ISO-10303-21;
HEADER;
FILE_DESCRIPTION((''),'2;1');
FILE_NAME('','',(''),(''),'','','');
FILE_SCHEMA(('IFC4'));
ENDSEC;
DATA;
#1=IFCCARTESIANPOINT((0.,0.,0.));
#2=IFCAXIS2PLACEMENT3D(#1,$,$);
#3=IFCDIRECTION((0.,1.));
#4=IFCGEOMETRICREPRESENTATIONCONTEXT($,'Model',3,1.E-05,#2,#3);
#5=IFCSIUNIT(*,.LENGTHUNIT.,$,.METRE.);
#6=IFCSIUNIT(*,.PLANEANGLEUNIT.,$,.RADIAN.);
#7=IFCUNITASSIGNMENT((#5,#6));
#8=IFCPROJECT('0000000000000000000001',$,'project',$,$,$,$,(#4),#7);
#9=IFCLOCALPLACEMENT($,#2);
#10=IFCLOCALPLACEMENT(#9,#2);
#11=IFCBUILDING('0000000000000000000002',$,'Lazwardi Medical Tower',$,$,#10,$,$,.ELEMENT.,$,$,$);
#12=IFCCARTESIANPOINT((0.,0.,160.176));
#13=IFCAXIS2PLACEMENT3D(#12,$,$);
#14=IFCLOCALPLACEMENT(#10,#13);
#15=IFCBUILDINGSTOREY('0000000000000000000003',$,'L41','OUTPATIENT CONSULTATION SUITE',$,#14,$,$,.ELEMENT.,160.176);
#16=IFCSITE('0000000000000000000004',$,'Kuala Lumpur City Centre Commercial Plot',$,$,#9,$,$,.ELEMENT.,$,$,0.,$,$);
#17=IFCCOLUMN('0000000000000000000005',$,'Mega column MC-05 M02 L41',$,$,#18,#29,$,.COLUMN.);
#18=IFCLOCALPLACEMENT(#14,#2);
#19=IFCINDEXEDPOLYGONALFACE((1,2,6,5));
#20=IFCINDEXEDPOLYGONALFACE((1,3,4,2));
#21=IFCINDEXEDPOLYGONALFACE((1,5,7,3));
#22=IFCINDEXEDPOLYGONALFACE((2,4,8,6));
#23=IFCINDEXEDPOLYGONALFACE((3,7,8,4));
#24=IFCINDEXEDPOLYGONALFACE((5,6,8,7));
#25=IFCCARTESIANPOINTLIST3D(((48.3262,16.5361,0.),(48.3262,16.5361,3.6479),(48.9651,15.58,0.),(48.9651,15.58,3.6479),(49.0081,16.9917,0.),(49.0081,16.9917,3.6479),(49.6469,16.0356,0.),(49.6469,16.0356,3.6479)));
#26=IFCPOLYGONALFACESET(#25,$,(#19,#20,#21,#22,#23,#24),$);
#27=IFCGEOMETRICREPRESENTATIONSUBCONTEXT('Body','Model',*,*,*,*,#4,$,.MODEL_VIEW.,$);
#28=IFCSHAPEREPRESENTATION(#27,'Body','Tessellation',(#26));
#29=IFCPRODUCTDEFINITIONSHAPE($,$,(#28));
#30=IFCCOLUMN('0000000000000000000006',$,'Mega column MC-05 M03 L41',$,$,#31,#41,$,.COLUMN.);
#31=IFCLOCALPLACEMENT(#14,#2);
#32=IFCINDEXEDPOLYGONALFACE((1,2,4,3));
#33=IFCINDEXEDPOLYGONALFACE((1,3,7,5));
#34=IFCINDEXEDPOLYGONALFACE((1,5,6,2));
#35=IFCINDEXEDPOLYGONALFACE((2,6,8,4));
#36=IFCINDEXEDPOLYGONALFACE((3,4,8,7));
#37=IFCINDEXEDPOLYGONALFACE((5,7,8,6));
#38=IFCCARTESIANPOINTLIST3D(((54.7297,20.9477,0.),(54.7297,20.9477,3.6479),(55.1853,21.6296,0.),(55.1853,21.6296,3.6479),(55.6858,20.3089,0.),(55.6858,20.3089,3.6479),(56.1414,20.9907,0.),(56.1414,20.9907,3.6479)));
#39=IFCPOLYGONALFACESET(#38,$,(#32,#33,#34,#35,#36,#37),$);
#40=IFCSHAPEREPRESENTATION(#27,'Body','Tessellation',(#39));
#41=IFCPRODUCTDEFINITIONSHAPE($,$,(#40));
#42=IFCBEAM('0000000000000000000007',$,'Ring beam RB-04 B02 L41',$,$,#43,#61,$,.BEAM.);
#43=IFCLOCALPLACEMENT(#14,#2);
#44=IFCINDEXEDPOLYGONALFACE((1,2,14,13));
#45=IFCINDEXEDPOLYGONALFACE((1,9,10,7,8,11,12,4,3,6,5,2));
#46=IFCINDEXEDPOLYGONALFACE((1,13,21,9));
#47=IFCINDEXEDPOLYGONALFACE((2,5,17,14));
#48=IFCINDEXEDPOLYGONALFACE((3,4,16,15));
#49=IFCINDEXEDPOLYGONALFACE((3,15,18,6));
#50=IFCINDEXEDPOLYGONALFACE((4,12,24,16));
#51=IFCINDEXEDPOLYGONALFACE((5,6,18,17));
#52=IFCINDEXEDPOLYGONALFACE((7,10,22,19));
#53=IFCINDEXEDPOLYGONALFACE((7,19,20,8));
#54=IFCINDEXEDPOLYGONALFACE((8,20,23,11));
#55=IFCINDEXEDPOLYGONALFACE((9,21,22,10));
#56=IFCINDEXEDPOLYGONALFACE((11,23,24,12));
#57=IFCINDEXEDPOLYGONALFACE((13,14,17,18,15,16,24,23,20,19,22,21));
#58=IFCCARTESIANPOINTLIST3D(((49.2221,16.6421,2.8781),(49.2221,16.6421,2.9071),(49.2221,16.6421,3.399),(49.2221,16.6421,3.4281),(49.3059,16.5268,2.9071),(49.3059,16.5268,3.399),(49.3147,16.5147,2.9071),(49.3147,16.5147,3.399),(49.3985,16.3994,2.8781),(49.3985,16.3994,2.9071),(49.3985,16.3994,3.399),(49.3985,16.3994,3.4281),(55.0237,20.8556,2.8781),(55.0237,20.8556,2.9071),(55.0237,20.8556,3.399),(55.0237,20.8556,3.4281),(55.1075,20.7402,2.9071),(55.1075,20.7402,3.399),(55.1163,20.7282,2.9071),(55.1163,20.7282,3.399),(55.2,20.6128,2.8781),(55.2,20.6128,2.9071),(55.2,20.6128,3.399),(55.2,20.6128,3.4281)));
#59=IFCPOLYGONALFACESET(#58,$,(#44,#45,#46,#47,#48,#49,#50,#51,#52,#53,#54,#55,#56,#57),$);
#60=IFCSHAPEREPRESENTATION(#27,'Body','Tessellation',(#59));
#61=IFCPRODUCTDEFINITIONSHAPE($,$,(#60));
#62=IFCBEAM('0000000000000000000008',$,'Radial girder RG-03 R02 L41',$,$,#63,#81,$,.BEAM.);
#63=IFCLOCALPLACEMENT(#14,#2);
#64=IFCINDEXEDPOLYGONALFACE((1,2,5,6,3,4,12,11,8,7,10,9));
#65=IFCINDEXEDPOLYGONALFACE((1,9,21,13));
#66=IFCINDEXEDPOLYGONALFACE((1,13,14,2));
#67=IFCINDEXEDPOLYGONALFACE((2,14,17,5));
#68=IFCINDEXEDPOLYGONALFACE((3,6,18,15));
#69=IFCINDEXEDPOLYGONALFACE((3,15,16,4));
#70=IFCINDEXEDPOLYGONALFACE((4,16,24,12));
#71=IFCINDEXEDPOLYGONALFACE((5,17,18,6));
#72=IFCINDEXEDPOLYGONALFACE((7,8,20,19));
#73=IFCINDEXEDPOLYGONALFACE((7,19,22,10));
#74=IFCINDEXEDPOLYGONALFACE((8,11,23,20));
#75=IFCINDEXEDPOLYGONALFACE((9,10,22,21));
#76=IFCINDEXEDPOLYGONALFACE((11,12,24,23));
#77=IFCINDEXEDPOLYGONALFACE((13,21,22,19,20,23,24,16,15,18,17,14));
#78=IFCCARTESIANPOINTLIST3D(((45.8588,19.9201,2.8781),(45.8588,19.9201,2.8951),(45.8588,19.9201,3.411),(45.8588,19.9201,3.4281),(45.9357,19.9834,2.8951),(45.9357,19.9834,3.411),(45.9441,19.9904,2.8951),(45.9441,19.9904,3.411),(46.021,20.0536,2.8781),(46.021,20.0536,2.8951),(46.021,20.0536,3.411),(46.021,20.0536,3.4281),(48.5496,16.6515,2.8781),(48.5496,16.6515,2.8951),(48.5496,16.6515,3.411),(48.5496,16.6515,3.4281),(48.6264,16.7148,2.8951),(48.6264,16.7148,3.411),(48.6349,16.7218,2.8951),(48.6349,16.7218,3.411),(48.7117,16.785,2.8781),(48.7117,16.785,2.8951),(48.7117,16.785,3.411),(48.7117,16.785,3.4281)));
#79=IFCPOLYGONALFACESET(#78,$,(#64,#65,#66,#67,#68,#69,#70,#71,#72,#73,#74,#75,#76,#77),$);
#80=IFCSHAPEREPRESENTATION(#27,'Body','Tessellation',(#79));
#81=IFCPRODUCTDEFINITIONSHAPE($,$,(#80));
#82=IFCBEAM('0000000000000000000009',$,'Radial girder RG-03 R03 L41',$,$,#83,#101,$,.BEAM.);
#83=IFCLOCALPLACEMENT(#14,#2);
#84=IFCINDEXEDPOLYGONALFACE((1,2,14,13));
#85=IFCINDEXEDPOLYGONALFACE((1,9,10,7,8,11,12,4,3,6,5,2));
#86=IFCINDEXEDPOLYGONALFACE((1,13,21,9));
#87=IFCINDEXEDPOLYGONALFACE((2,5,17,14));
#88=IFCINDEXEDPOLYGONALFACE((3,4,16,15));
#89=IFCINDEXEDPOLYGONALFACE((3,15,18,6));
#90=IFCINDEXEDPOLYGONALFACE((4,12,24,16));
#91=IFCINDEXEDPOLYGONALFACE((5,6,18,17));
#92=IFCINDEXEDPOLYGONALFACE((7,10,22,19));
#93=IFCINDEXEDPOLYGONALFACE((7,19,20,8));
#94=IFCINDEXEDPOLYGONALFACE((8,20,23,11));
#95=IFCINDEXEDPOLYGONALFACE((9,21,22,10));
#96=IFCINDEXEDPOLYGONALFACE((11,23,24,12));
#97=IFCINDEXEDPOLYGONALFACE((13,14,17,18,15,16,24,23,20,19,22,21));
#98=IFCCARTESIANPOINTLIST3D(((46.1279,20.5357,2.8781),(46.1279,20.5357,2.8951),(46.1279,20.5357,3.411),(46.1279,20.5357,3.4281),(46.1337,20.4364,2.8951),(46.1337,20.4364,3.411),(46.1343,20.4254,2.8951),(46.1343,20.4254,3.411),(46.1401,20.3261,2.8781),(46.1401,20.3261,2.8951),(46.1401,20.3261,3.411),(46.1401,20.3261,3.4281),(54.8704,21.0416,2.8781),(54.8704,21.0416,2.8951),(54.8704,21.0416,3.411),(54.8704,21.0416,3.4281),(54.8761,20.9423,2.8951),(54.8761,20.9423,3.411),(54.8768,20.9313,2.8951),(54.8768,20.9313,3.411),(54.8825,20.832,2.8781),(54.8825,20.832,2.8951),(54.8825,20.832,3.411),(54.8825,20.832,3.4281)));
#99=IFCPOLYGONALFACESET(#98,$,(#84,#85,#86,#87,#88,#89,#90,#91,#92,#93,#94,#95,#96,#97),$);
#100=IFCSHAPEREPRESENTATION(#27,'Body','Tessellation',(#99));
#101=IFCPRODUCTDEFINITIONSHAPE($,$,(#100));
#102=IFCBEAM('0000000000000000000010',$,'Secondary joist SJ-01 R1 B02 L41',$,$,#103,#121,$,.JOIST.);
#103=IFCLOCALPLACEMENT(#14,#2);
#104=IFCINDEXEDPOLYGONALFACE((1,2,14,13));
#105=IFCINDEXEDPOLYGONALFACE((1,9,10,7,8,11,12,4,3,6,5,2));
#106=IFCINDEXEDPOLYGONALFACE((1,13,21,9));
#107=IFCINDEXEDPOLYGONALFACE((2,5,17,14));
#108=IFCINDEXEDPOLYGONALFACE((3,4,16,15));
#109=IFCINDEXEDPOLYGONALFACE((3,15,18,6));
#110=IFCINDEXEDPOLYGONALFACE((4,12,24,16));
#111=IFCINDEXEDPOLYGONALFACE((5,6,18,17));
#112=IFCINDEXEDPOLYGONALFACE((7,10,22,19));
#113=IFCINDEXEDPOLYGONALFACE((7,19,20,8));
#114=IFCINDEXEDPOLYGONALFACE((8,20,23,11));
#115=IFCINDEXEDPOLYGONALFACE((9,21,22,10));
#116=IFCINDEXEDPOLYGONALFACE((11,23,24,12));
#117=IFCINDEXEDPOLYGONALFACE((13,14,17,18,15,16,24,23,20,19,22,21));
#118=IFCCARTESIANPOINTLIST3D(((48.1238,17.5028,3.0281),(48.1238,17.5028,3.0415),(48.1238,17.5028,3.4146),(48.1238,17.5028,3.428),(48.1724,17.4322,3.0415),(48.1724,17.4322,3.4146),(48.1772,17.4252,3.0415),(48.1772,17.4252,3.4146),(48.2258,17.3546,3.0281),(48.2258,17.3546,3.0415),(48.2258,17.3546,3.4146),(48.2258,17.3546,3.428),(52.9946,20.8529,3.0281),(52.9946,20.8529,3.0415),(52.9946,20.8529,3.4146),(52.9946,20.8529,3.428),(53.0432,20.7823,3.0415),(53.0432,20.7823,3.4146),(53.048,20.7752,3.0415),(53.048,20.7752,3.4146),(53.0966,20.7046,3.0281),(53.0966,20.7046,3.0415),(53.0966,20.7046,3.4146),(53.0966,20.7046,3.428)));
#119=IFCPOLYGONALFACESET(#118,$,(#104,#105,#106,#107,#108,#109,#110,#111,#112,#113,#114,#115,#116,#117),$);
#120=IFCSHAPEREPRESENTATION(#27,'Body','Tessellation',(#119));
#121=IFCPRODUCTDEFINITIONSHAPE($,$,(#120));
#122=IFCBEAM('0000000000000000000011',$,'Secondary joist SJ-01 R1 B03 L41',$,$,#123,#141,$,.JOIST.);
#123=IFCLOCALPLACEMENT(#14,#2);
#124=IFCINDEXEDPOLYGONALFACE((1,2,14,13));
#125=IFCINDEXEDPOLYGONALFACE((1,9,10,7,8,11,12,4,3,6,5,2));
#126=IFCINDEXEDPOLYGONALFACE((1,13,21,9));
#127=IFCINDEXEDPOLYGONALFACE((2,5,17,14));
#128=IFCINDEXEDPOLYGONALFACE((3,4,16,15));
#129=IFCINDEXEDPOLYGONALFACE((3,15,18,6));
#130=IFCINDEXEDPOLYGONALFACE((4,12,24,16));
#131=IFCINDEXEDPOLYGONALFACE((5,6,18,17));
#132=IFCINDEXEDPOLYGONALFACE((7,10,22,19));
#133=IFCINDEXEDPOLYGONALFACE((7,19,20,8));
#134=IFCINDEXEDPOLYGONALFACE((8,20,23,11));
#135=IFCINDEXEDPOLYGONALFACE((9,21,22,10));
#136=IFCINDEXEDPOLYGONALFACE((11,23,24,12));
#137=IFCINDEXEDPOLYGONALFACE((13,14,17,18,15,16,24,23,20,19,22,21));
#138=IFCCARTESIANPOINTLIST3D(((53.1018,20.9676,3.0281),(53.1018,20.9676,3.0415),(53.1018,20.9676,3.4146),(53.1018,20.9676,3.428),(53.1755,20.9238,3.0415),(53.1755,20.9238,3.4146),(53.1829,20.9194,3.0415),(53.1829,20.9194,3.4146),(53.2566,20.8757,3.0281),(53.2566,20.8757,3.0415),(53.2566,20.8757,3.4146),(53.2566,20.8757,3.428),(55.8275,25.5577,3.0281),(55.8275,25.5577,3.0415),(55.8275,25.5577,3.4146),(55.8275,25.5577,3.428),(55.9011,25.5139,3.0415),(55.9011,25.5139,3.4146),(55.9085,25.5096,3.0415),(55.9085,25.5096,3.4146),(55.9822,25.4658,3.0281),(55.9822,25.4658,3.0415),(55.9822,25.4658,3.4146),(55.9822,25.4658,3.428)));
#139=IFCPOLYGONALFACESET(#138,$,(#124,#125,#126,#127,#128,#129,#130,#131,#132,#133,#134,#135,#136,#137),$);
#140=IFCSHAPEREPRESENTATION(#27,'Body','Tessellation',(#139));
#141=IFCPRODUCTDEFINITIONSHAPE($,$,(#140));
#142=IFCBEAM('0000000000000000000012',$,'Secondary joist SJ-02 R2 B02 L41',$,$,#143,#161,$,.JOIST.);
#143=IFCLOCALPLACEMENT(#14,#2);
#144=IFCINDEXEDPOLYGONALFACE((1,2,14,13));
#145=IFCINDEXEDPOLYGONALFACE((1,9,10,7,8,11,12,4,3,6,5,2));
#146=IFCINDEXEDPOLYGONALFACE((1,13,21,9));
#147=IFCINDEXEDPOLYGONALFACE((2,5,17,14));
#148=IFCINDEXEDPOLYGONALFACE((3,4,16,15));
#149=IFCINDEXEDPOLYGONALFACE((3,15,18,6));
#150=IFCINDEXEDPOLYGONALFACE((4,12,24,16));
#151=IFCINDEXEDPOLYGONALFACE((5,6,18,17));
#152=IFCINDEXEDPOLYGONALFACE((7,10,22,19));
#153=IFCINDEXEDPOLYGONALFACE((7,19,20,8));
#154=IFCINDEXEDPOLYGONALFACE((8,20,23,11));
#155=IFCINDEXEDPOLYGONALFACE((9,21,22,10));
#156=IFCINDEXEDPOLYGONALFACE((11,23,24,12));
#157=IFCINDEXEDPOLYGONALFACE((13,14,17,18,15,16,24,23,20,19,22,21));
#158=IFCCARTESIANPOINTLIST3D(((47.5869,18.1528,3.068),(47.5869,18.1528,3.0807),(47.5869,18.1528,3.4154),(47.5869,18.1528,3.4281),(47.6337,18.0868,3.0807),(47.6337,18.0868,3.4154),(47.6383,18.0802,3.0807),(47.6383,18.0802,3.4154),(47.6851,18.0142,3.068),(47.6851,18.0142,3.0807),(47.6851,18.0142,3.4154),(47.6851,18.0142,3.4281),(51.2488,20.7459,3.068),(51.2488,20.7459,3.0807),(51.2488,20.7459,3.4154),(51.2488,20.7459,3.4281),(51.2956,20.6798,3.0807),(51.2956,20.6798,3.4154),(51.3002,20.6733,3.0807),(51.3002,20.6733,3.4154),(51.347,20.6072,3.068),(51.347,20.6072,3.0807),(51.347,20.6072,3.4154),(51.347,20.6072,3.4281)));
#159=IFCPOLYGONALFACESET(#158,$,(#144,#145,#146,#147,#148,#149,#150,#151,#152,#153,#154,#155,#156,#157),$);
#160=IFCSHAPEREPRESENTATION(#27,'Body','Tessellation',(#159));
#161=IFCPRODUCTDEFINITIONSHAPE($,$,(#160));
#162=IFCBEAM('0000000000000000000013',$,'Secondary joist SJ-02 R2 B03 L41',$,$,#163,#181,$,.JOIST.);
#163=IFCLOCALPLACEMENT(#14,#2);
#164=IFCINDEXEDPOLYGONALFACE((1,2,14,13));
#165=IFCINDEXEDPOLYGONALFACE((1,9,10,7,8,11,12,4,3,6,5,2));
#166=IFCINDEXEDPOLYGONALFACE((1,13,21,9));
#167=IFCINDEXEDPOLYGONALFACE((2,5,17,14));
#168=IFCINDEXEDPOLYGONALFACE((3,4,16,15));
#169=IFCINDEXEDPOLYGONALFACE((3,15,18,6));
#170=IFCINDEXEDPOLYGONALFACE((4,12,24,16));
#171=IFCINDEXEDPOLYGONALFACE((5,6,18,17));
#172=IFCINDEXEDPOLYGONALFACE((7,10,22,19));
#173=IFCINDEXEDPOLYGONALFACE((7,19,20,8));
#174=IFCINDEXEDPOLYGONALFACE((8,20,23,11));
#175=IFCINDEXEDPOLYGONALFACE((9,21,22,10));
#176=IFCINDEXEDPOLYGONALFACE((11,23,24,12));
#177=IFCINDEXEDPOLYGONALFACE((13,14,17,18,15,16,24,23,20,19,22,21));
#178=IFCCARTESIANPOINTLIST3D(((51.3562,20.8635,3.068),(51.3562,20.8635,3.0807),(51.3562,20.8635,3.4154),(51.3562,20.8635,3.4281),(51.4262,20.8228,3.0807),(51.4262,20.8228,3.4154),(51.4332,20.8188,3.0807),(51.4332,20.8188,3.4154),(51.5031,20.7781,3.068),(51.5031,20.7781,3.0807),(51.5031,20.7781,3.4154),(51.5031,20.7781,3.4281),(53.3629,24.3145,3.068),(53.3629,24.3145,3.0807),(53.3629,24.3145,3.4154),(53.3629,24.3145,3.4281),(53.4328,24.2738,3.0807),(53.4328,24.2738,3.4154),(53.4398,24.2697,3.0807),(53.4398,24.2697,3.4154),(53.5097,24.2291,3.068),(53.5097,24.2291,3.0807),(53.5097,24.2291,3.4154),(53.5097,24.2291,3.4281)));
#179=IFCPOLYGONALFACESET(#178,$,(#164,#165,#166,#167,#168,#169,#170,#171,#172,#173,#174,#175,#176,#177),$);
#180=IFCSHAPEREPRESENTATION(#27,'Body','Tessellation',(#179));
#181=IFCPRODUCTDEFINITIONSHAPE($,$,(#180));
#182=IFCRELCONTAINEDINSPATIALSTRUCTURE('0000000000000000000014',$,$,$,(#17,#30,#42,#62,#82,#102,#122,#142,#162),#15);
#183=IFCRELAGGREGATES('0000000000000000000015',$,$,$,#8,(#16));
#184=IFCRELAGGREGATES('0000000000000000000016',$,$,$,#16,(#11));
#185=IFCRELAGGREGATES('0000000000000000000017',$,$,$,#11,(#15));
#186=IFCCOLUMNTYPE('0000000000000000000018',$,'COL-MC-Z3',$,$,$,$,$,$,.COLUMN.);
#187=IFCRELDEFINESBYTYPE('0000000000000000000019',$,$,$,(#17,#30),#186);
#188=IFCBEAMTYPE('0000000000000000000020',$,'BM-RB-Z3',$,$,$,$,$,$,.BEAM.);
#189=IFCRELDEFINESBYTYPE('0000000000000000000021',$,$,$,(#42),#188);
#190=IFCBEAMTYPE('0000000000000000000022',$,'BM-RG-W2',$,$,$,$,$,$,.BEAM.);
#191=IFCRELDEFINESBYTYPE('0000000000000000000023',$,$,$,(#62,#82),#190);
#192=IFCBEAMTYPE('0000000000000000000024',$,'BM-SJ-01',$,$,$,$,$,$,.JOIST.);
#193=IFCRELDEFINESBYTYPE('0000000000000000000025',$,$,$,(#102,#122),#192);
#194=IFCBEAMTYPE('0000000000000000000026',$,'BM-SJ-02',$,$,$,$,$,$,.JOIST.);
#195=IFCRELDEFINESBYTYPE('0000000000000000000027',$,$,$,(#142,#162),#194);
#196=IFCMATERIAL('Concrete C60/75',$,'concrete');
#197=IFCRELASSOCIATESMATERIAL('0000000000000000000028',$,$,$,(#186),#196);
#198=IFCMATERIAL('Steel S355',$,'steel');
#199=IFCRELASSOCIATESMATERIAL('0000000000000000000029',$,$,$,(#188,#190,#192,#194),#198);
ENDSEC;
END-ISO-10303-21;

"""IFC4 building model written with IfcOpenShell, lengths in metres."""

from ifc_helpers import new_model, si_unit, direction, frame, origin, origin_2d, place, context, subcontext, project, spatial, rectangle, i_section, extrude, material, material_profile, profile_set, type_object, element, save


model = new_model("IFC4")

# Units and contexts
model_context = context("Model", 3, precision=1e-05, world=origin(), true_north=direction((0.0, 1.0)))
body_context = subcontext(model_context, "Body", "Model", "MODEL_VIEW")
ifc_project = project(units=[si_unit("LENGTHUNIT", "METRE"), si_unit("PLANEANGLEUNIT", "RADIAN")], contexts=[model_context])

# Site, building, storey
site_placement = place(None, origin())
site = spatial("IfcSite", under=ifc_project, at=site_placement, Name="Kuala Lumpur City Centre Commercial Plot", CompositionType="ELEMENT", RefElevation=0.0)
building_placement = place(site_placement, origin())
building = spatial("IfcBuilding", under=site, at=building_placement, Name="Lazwardi Medical Tower", CompositionType="ELEMENT")
storey_placement = place(building_placement, frame((0.0, 0.0, 160.176)))
storey = spatial("IfcBuildingStorey", under=building, at=storey_placement, Name="L41", Description="OUTPATIENT CONSULTATION SUITE", CompositionType="ELEMENT", Elevation=160.176)

# Columns
ifc_material_1 = material(Name="Concrete C60/75", Category="concrete")
ifc_material_profile_1 = material_profile(ifc_material_1, rectangle(XDim=1.1499, YDim=0.8201, at=origin_2d()), Name="CFT-RECT 1150x820")
ifc_profile_set_1 = profile_set([ifc_material_profile_1], Name="Concrete C60/75")
column_type = type_object("IfcColumnType", Name="COL-MC-Z3", PredefinedType="COLUMN", material=ifc_profile_set_1)
for number, where, z_axis, x_axis, name in (
    (1, (48.9866, 16.2859, 0.0), (0.0, 0.0, 1.0), (0.55557, -0.83147, 0.0), "Mega column MC-05 M02 L41"),
    (2, (55.4355, 20.9692, 0.0), (0.0, 0.0, 1.0), (0.83147, -0.55557, 0.0), "Mega column MC-05 M03 L41"),
):
    element("IfcColumn", number, at=place(storey_placement, frame(where, z_axis=z_axis, x_axis=x_axis)), inside=storey, type_object=column_type, Name=name, PredefinedType="COLUMN", context=body_context, shape_type="SweptSolid", body=[
        extrude(rectangle(XDim=1.1499, YDim=0.8201, at=origin_2d()), origin(), (0.0, 0.0, 1.0), 3.6479),
    ])

# Beams
ifc_material_2 = material(Name="Steel S355", Category="steel")
ifc_material_profile_2 = material_profile(ifc_material_2, i_section(OverallWidth=0.3, OverallDepth=0.55, WebThickness=0.0149, FlangeThickness=0.0291, at=origin_2d()), Name="HEB 550")
ifc_profile_set_2 = profile_set([ifc_material_profile_2], Name="Steel S355")
beam_type_1 = type_object("IfcBeamType", Name="BM-RB-Z3", PredefinedType="BEAM", material=ifc_profile_set_2)
beam_1_placement = place(storey_placement, frame((49.3103, 16.5208, 3.1531), z_axis=(0.809128, 0.587633, 0.0), x_axis=(-0.587633, 0.809128, 0.0)))
element("IfcBeam", 3, at=beam_1_placement, inside=storey, type_object=beam_type_1, Name="Ring beam RB-04 B02 L41", PredefinedType="BEAM", context=body_context, shape_type="SweptSolid", body=[
    extrude(i_section(OverallWidth=0.3, OverallDepth=0.55, WebThickness=0.0149, FlangeThickness=0.0291, at=origin_2d()), origin(), (0.0, 0.0, 1.0), 7.1702),
])
ifc_material_profile_3 = material_profile(ifc_material_2, i_section(OverallWidth=0.21, OverallDepth=0.55, WebThickness=0.011, FlangeThickness=0.0171, at=origin_2d()), Name="IPE 550")
ifc_profile_set_3 = profile_set([ifc_material_profile_3], Name="Steel S355")
beam_type_2 = type_object("IfcBeamType", Name="BM-RG-W2", PredefinedType="BEAM", material=ifc_profile_set_3)
beam_2_placement = place(storey_placement, frame((48.6306, 16.7183, 3.1531), z_axis=(-0.635556, 0.772055, 0.0), x_axis=(-0.772055, -0.635556, 0.0)))
element("IfcBeam", 4, at=beam_2_placement, inside=storey, type_object=beam_type_2, Name="Radial girder RG-03 R02 L41", PredefinedType="BEAM", context=body_context, shape_type="SweptSolid", body=[
    extrude(i_section(OverallWidth=0.21, OverallDepth=0.55, WebThickness=0.011, FlangeThickness=0.0171, at=origin_2d()), origin(), (0.0, 0.0, 1.0), 4.2336),
])
beam_3_placement = place(storey_placement, frame((54.8765, 20.9368, 3.1531), z_axis=(-0.99833, -0.057766, 0.0), x_axis=(0.057766, -0.99833, 0.0)))
element("IfcBeam", 5, at=beam_3_placement, inside=storey, type_object=beam_type_2, Name="Radial girder RG-03 R03 L41", PredefinedType="BEAM", context=body_context, shape_type="SweptSolid", body=[
    extrude(i_section(OverallWidth=0.21, OverallDepth=0.55, WebThickness=0.011, FlangeThickness=0.0171, at=origin_2d()), origin(), (0.0, 0.0, 1.0), 8.7571),
])
ifc_material_profile_4 = material_profile(ifc_material_2, i_section(OverallWidth=0.1799, OverallDepth=0.3999, WebThickness=0.0085, FlangeThickness=0.0134, at=origin_2d()), Name="IPE 400")
ifc_profile_set_4 = profile_set([ifc_material_profile_4], Name="Steel S355")
beam_type_3 = type_object("IfcBeamType", Name="BM-SJ-01", PredefinedType="JOIST", material=ifc_profile_set_4)
beam_4_placement = place(storey_placement, frame((48.1748, 17.4287, 3.228), z_axis=(0.823932, 0.566688, 0.0), x_axis=(-0.566688, 0.823932, 0.0)))
element("IfcBeam", 6, at=beam_4_placement, inside=storey, type_object=beam_type_3, Name="Secondary joist SJ-01 R1 B02 L41", PredefinedType="JOIST", context=body_context, shape_type="SweptSolid", body=[
    extrude(i_section(OverallWidth=0.1799, OverallDepth=0.3999, WebThickness=0.0085, FlangeThickness=0.0134, at=origin_2d()), origin(), (0.0, 0.0, 1.0), 5.9116),
])
beam_5_placement = place(storey_placement, frame((53.1792, 20.9216, 3.228), z_axis=(0.510569, 0.859837, 0.0), x_axis=(-0.859837, 0.510569, 0.0)))
element("IfcBeam", 7, at=beam_5_placement, inside=storey, type_object=beam_type_3, Name="Secondary joist SJ-01 R1 B03 L41", PredefinedType="JOIST", context=body_context, shape_type="SweptSolid", body=[
    extrude(i_section(OverallWidth=0.1799, OverallDepth=0.3999, WebThickness=0.0085, FlangeThickness=0.0134, at=origin_2d()), origin(), (0.0, 0.0, 1.0), 5.3384),
])
ifc_material_profile_5 = material_profile(ifc_material_2, i_section(OverallWidth=0.1699, OverallDepth=0.3601, WebThickness=0.0081, FlangeThickness=0.0127, at=origin_2d()), Name="IPE 360")
ifc_profile_set_5 = profile_set([ifc_material_profile_5], Name="Steel S355")
beam_type_4 = type_object("IfcBeamType", Name="BM-SJ-02", PredefinedType="JOIST", material=ifc_profile_set_5)
beam_6_placement = place(storey_placement, frame((47.636, 18.0835, 3.248), z_axis=(0.816109, 0.577898, 0.0), x_axis=(-0.577898, 0.816109, 0.0)))
element("IfcBeam", 8, at=beam_6_placement, inside=storey, type_object=beam_type_4, Name="Secondary joist SJ-02 R2 B02 L41", PredefinedType="JOIST", context=body_context, shape_type="SweptSolid", body=[
    extrude(i_section(OverallWidth=0.1699, OverallDepth=0.3601, WebThickness=0.0081, FlangeThickness=0.0127, at=origin_2d()), origin(), (0.0, 0.0, 1.0), 4.4871),
])
beam_7_placement = place(storey_placement, frame((51.4297, 20.8208, 3.248), z_axis=(0.502665, 0.864481, 0.0), x_axis=(-0.864481, 0.502665, 0.0)))
element("IfcBeam", 9, at=beam_7_placement, inside=storey, type_object=beam_type_4, Name="Secondary joist SJ-02 R2 B03 L41", PredefinedType="JOIST", context=body_context, shape_type="SweptSolid", body=[
    extrude(i_section(OverallWidth=0.1699, OverallDepth=0.3601, WebThickness=0.0081, FlangeThickness=0.0127, at=origin_2d()), origin(), (0.0, 0.0, 1.0), 3.9919),
])

save(model, "model.ifc")
